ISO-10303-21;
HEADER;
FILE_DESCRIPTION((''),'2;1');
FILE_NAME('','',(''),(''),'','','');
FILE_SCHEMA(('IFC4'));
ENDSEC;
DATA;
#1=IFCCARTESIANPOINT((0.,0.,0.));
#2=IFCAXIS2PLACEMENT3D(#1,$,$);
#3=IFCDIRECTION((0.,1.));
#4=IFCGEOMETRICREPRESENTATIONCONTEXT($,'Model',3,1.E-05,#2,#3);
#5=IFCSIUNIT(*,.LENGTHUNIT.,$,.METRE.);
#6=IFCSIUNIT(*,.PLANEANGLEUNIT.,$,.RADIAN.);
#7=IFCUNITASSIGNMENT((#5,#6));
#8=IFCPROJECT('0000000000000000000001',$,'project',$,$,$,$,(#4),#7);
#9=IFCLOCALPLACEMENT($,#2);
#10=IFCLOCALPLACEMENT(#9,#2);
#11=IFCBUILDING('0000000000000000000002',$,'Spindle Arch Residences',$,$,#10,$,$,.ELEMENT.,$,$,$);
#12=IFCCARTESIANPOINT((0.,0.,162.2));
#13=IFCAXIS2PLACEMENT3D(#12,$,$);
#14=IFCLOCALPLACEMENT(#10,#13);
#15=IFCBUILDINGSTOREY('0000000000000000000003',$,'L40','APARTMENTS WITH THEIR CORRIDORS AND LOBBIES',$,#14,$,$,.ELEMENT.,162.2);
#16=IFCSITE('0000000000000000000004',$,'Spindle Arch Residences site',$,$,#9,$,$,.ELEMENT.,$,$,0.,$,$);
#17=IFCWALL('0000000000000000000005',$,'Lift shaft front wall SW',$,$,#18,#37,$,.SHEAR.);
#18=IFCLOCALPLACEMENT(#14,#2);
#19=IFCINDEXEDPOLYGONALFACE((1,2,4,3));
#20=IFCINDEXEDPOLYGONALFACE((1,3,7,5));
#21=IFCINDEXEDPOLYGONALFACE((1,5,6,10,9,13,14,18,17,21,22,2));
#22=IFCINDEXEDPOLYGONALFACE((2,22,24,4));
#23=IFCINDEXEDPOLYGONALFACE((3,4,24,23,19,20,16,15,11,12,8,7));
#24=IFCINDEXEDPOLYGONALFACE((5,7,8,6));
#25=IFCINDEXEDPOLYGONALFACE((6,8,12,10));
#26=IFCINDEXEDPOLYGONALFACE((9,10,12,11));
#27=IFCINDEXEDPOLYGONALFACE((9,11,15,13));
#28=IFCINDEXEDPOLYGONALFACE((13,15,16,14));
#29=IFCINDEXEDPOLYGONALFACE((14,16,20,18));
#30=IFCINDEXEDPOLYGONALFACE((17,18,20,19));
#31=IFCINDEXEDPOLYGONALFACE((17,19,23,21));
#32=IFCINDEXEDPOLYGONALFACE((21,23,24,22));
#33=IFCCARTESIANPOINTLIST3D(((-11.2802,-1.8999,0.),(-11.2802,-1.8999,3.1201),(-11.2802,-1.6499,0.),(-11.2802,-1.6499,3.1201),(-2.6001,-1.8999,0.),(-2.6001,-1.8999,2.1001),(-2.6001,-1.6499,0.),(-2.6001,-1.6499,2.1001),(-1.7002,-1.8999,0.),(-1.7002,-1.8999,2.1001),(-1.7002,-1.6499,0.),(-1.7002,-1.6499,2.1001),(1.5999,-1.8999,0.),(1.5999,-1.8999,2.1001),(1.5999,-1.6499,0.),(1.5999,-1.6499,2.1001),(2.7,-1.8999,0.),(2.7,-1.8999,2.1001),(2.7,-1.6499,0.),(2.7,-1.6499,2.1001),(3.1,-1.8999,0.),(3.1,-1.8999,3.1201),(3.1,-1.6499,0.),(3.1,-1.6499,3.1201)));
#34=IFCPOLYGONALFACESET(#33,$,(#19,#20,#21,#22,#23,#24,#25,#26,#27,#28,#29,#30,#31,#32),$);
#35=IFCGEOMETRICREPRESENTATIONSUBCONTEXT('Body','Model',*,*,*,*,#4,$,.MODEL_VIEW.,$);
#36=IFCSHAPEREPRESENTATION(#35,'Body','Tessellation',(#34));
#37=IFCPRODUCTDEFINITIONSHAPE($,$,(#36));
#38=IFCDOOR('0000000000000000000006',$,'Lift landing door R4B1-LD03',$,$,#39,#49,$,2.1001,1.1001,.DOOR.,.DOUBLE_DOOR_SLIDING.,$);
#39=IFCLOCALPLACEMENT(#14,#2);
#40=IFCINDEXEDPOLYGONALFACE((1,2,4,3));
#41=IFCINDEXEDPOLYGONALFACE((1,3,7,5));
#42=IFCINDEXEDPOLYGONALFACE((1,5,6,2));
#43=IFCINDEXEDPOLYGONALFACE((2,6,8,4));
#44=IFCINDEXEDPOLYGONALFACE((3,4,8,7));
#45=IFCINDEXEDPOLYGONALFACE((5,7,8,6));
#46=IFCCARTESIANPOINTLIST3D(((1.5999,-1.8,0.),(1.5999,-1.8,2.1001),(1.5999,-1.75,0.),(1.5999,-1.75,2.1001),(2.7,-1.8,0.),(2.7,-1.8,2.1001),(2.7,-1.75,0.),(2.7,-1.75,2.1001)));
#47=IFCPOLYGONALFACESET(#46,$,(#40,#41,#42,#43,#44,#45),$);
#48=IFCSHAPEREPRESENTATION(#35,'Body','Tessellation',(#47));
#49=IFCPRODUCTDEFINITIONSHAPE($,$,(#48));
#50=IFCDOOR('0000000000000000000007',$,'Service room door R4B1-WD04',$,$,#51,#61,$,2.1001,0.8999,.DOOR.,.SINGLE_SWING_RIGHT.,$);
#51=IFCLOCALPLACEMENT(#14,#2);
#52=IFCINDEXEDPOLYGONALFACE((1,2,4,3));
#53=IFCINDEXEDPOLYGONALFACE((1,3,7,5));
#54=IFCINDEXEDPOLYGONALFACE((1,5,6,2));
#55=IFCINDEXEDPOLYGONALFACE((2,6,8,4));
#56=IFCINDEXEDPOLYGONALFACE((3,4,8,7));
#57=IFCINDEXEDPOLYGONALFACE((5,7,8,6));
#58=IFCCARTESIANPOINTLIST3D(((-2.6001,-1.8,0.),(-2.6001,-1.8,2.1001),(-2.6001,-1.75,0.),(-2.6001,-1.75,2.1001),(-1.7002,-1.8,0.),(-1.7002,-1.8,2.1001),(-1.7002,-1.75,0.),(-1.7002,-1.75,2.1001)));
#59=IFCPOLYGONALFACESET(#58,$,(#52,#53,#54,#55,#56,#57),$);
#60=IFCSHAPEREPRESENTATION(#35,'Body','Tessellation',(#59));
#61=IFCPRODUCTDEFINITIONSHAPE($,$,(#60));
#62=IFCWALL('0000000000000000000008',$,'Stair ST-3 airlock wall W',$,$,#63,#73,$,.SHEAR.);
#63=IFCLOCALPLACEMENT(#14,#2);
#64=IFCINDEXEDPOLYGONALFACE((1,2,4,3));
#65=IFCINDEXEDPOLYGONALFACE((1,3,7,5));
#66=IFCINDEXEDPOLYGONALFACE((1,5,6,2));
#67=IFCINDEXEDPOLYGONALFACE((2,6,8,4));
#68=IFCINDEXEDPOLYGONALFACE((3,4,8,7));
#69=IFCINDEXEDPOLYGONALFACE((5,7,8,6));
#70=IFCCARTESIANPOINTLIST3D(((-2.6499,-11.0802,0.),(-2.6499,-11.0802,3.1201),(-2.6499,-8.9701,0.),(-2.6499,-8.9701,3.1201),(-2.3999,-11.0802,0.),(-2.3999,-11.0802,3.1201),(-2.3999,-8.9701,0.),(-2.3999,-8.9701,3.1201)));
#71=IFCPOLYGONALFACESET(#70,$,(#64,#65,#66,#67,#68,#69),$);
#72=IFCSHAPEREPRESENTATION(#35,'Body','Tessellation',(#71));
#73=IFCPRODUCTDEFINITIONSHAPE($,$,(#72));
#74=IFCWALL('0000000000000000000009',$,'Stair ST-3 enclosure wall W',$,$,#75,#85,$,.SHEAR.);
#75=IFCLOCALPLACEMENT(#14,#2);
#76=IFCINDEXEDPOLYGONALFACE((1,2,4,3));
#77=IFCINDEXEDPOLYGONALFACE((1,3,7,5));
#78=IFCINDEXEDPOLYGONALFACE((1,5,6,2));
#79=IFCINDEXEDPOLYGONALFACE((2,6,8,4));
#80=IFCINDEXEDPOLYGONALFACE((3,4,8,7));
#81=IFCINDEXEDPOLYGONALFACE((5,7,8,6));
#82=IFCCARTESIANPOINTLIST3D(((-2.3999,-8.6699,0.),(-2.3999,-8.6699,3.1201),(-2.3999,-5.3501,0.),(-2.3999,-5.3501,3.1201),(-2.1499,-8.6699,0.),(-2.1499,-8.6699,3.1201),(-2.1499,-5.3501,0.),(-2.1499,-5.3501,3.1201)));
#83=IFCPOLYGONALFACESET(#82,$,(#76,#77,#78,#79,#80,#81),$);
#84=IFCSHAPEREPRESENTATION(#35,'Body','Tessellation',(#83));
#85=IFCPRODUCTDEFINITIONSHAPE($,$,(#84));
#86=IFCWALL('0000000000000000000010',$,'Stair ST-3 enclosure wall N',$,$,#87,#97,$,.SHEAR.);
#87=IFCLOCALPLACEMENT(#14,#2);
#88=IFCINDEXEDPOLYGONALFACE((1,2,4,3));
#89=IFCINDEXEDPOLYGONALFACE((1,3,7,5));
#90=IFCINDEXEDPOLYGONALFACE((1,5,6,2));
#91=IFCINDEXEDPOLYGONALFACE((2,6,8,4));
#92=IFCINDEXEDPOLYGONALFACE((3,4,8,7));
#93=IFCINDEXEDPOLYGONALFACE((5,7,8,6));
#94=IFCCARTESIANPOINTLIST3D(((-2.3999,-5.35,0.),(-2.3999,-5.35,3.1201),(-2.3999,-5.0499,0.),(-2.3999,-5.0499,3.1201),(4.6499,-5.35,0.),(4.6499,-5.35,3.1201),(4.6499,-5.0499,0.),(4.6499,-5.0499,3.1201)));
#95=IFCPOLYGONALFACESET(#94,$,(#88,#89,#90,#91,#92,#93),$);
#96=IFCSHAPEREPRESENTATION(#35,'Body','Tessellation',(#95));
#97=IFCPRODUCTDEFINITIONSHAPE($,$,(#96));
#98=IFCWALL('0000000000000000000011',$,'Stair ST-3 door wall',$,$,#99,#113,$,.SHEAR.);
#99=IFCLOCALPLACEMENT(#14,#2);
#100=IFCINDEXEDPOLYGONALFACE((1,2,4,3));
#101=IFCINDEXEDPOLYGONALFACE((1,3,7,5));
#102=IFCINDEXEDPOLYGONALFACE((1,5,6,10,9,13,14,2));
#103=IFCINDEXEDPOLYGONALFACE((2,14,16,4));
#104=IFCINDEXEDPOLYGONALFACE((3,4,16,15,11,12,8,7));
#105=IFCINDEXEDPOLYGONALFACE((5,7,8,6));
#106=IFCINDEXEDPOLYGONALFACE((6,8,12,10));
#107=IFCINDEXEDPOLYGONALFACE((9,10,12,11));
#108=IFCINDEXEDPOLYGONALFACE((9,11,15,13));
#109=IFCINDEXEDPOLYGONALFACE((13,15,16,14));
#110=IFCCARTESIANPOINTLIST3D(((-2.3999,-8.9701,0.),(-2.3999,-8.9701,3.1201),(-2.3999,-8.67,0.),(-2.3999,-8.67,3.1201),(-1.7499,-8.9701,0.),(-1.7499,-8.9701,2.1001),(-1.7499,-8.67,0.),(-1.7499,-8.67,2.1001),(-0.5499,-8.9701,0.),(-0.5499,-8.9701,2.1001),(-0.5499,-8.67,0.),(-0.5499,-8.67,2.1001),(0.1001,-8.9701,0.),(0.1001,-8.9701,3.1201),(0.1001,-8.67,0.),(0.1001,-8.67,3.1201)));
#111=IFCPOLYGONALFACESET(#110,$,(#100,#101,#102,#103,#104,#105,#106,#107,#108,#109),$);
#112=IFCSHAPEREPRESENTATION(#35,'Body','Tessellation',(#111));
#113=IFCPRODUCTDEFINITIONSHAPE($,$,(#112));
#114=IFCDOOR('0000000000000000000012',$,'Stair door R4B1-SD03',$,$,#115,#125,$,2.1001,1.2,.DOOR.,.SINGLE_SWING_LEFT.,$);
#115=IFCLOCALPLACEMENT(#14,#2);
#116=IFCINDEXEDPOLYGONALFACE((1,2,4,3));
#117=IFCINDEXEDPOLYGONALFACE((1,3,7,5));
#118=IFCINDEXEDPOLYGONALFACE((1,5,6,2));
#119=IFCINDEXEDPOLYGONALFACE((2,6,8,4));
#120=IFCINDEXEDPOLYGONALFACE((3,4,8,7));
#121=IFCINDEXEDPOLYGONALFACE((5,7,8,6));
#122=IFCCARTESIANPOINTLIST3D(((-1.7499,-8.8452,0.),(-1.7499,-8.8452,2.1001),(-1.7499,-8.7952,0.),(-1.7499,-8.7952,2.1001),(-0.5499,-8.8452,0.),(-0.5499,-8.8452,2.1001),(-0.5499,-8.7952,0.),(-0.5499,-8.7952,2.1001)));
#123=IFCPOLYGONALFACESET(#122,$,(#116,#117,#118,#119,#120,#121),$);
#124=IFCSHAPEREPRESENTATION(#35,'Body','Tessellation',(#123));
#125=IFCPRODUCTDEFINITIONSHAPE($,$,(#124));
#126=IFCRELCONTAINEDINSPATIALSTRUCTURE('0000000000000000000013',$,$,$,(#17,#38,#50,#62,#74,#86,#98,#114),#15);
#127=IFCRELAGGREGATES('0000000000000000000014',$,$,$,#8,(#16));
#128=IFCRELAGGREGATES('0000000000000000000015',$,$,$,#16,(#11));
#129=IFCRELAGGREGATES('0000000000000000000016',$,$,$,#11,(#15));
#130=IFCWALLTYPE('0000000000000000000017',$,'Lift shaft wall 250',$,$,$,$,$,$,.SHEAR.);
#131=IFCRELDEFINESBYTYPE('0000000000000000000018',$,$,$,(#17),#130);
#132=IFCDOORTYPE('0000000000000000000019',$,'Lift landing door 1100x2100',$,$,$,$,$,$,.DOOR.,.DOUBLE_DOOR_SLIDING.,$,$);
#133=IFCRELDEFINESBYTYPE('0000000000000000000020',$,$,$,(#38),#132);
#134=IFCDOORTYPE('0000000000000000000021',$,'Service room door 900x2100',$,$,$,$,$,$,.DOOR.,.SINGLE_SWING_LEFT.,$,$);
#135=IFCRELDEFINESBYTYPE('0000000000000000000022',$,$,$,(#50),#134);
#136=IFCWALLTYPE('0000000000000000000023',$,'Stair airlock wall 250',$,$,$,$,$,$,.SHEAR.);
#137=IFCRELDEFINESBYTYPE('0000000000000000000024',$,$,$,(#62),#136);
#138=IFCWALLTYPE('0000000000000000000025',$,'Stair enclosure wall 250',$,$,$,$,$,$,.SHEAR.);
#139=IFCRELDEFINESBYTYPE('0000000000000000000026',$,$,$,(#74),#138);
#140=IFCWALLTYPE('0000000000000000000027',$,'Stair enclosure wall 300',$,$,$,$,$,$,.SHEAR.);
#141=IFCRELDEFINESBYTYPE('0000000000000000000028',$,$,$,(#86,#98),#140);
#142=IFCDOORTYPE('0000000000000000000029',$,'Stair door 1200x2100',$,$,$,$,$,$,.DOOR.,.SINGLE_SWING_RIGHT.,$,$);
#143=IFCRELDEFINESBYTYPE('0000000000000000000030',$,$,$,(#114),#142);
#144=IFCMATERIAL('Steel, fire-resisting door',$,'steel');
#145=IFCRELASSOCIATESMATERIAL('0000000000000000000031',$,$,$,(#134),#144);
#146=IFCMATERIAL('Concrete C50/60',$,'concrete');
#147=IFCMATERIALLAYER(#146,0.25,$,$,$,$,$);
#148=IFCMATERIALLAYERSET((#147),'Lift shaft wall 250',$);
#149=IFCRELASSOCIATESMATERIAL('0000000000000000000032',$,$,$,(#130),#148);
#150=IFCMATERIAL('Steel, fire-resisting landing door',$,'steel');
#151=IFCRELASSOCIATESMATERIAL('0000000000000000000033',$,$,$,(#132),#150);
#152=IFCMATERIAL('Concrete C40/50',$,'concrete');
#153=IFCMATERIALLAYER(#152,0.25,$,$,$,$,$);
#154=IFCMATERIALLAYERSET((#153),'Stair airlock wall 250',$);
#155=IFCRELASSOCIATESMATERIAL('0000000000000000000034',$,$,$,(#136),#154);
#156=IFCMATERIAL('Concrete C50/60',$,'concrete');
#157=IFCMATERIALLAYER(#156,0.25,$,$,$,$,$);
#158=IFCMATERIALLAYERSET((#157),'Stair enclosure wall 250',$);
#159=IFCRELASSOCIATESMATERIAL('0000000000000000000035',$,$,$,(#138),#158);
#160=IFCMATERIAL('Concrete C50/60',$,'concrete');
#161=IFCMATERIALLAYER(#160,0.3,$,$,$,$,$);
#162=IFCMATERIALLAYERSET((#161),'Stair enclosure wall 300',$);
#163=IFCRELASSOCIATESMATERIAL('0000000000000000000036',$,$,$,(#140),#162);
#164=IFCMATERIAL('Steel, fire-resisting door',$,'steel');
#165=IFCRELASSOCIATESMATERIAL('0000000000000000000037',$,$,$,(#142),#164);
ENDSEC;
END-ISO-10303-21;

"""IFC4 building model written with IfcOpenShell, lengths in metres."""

from ifc_helpers import new_model, si_unit, direction, frame, frame_2d, origin, place, context, subcontext, project, spatial, rectangle, extrude, material, layer, layer_set, type_object, element, fill, save


model = new_model("IFC4")

# Units and contexts
model_context = context("Model", 3, precision=1e-05, world=origin(), true_north=direction((0.0, 1.0)))
body_context = subcontext(model_context, "Body", "Model", "MODEL_VIEW")
ifc_project = project(units=[si_unit("LENGTHUNIT", "METRE"), si_unit("PLANEANGLEUNIT", "RADIAN")], contexts=[model_context])

# Site, building, storey
site_placement = place(None, origin())
site = spatial("IfcSite", under=ifc_project, at=site_placement, Name="Spindle Arch Residences site", CompositionType="ELEMENT", RefElevation=0.0)
building_placement = place(site_placement, origin())
building = spatial("IfcBuilding", under=site, at=building_placement, Name="Spindle Arch Residences", CompositionType="ELEMENT")
storey_placement = place(building_placement, frame((0.0, 0.0, 162.2)))
storey = spatial("IfcBuildingStorey", under=building, at=storey_placement, Name="L40", Description="APARTMENTS WITH THEIR CORRIDORS AND LOBBIES", CompositionType="ELEMENT", Elevation=162.2)

# Shared definitions
ifc_material_1 = material(Name="Steel, fire-resisting door", Category="steel")
door_type_1 = type_object("IfcDoorType", Name="Service room door 900x2100", OperationType="SINGLE_SWING_LEFT", PredefinedType="DOOR", material=ifc_material_1)

# Wall, openings, doors
ifc_material_2 = material(Name="Concrete C50/60", Category="concrete")
ifc_layer_1 = layer(ifc_material_2, 0.25)
ifc_layer_set_1 = layer_set([ifc_layer_1], Name="Lift shaft wall 250")
wall_type_1 = type_object("IfcWallType", Name="Lift shaft wall 250", PredefinedType="SHEAR", material=ifc_layer_set_1)
wall_1_placement = place(storey_placement, frame((-11.28, -1.7749, 0.0), z_axis=(0.0, 0.0, 1.0), x_axis=(1.0, 0.0, 0.0)))
wall_1 = element("IfcWall", 1, at=wall_1_placement, inside=storey, type_object=wall_type_1, Name="Lift shaft front wall SW", PredefinedType="SHEAR", context=body_context, shape_type="SweptSolid", body=[
    extrude(rectangle(XDim=14.3801, YDim=0.25, at=frame_2d((7.1899, 0.0))), origin(), (0.0, 0.0, 1.0), 3.1201),
])
opening_1_placement = place(wall_1_placement, frame((12.8799, 0.0, 0.0)))
opening_1 = element("IfcOpeningElement", 2, at=opening_1_placement, cuts=wall_1, PredefinedType="OPENING", context=body_context, shape_type="SweptSolid", body=[
    extrude(rectangle(XDim=1.1001, YDim=2.1001, at=frame_2d((0.55, 1.05))), frame((0.0, 0.135, 0.0), z_axis=(0.0, -1.0, 0.0), x_axis=(1.0, 0.0, 0.0)), (0.0, 0.0, 1.0), 0.27),
])
opening_2_placement = place(wall_1_placement, frame((8.6799, 0.0, 0.0)))
opening_2 = element("IfcOpeningElement", 3, at=opening_2_placement, cuts=wall_1, PredefinedType="OPENING", context=body_context, shape_type="SweptSolid", body=[
    extrude(rectangle(XDim=0.8999, YDim=2.1001, at=frame_2d((0.45, 1.05))), frame((0.0, 0.135, 0.0), z_axis=(0.0, -1.0, 0.0), x_axis=(1.0, 0.0, 0.0)), (0.0, 0.0, 1.0), 0.27),
])
ifc_material_3 = material(Name="Steel, fire-resisting landing door", Category="steel")
door_type_2 = type_object("IfcDoorType", Name="Lift landing door 1100x2100", OperationType="DOUBLE_DOOR_SLIDING", PredefinedType="DOOR", material=ifc_material_3)
door_1_placement = place(opening_1_placement, origin())
door_1 = element("IfcDoor", 4, at=door_1_placement, inside=storey, type_object=door_type_2, Name="Lift landing door R4B1-LD03", OperationType="DOUBLE_DOOR_SLIDING", OverallHeight=2.1001, OverallWidth=1.1001, PredefinedType="DOOR", context=body_context, shape_type="SweptSolid", body=[
    extrude(rectangle(XDim=1.1001, YDim=2.1001, at=frame_2d((0.55, 1.05))), frame((0.0, 0.0249, 0.0), z_axis=(0.0, -1.0, 0.0), x_axis=(1.0, 0.0, 0.0)), (0.0, 0.0, 1.0), 0.05),
])
fill(opening_1, door_1)
door_2_placement = place(opening_2_placement, origin())
door_2 = element("IfcDoor", 5, at=door_2_placement, inside=storey, type_object=door_type_1, Name="Service room door R4B1-WD04", OperationType="SINGLE_SWING_RIGHT", OverallHeight=2.1001, OverallWidth=0.8999, PredefinedType="DOOR", context=body_context, shape_type="SweptSolid", body=[
    extrude(rectangle(XDim=0.8999, YDim=2.1001, at=frame_2d((0.45, 1.05))), frame((0.0, 0.0249, 0.0), z_axis=(0.0, -1.0, 0.0), x_axis=(1.0, 0.0, 0.0)), (0.0, 0.0, 1.0), 0.05),
])
fill(opening_2, door_2)

# Walls
ifc_material_4 = material(Name="Concrete C40/50", Category="concrete")
ifc_layer_2 = layer(ifc_material_4, 0.25)
ifc_layer_set_2 = layer_set([ifc_layer_2], Name="Stair airlock wall 250")
wall_type_2 = type_object("IfcWallType", Name="Stair airlock wall 250", PredefinedType="SHEAR", material=ifc_layer_set_2)
wall_2_placement = place(storey_placement, frame((-2.5249, -8.97, 0.0), z_axis=(0.0, 0.0, 1.0), x_axis=(0.0, -1.0, 0.0)))
element("IfcWall", 6, at=wall_2_placement, inside=storey, type_object=wall_type_2, Name="Stair ST-3 airlock wall W", PredefinedType="SHEAR", context=body_context, shape_type="SweptSolid", body=[
    extrude(rectangle(XDim=2.1101, YDim=0.25, at=frame_2d((1.0552, 0.0))), origin(), (0.0, 0.0, 1.0), 3.1201),
])
ifc_material_5 = material(Name="Concrete C50/60", Category="concrete")
ifc_layer_3 = layer(ifc_material_5, 0.25)
ifc_layer_set_3 = layer_set([ifc_layer_3], Name="Stair enclosure wall 250")
wall_type_3 = type_object("IfcWallType", Name="Stair enclosure wall 250", PredefinedType="SHEAR", material=ifc_layer_set_3)
wall_3_placement = place(storey_placement, frame((-2.2749, -8.6699, 0.0), z_axis=(0.0, 0.0, 1.0), x_axis=(0.0, 1.0, 0.0)))
element("IfcWall", 7, at=wall_3_placement, inside=storey, type_object=wall_type_3, Name="Stair ST-3 enclosure wall W", PredefinedType="SHEAR", context=body_context, shape_type="SweptSolid", body=[
    extrude(rectangle(XDim=3.3198, YDim=0.25, at=frame_2d((1.6599, 0.0))), origin(), (0.0, 0.0, 1.0), 3.1201),
])
ifc_material_6 = material(Name="Concrete C50/60", Category="concrete")
ifc_layer_4 = layer(ifc_material_6, 0.3)
ifc_layer_set_4 = layer_set([ifc_layer_4], Name="Stair enclosure wall 300")
wall_type_4 = type_object("IfcWallType", Name="Stair enclosure wall 300", PredefinedType="SHEAR", material=ifc_layer_set_4)
wall_4_placement = place(storey_placement, frame((-2.3999, -5.2, 0.0), z_axis=(0.0, 0.0, 1.0), x_axis=(1.0, 0.0, 0.0)))
element("IfcWall", 8, at=wall_4_placement, inside=storey, type_object=wall_type_4, Name="Stair ST-3 enclosure wall N", PredefinedType="SHEAR", context=body_context, shape_type="SweptSolid", body=[
    extrude(rectangle(XDim=7.0498, YDim=0.3, at=frame_2d((3.5249, 0.0))), origin(), (0.0, 0.0, 1.0), 3.1201),
])

# Wall, opening, door
wall_5_placement = place(storey_placement, frame((-2.3999, -8.8201, 0.0), z_axis=(0.0, 0.0, 1.0), x_axis=(1.0, 0.0, 0.0)))
wall_5 = element("IfcWall", 9, at=wall_5_placement, inside=storey, type_object=wall_type_4, Name="Stair ST-3 door wall", PredefinedType="SHEAR", context=body_context, shape_type="SweptSolid", body=[
    extrude(rectangle(XDim=2.5, YDim=0.3, at=frame_2d((1.25, 0.0))), origin(), (0.0, 0.0, 1.0), 3.1201),
])
opening_3_placement = place(wall_5_placement, frame((0.6499, 0.0, 0.0)))
opening_3 = element("IfcOpeningElement", 10, at=opening_3_placement, cuts=wall_5, PredefinedType="OPENING", context=body_context, shape_type="SweptSolid", body=[
    extrude(rectangle(XDim=1.2, YDim=2.1001, at=frame_2d((0.6001, 1.05))), frame((0.0, 0.1602, 0.0), z_axis=(0.0, -1.0, 0.0), x_axis=(1.0, 0.0, 0.0)), (0.0, 0.0, 1.0), 0.3201),
])
ifc_material_7 = material(Name="Steel, fire-resisting door", Category="steel")
door_type_3 = type_object("IfcDoorType", Name="Stair door 1200x2100", OperationType="SINGLE_SWING_RIGHT", PredefinedType="DOOR", material=ifc_material_7)
door_3_placement = place(opening_3_placement, origin())
door_3 = element("IfcDoor", 11, at=door_3_placement, inside=storey, type_object=door_type_3, Name="Stair door R4B1-SD03", OperationType="SINGLE_SWING_LEFT", OverallHeight=2.1001, OverallWidth=1.2, PredefinedType="DOOR", context=body_context, shape_type="SweptSolid", body=[
    extrude(rectangle(XDim=1.2, YDim=2.1001, at=frame_2d((0.6001, 1.05))), frame((0.0, 0.0249, 0.0), z_axis=(0.0, -1.0, 0.0), x_axis=(1.0, 0.0, 0.0)), (0.0, 0.0, 1.0), 0.05),
])
fill(opening_3, door_3)

save(model, "model.ifc")
